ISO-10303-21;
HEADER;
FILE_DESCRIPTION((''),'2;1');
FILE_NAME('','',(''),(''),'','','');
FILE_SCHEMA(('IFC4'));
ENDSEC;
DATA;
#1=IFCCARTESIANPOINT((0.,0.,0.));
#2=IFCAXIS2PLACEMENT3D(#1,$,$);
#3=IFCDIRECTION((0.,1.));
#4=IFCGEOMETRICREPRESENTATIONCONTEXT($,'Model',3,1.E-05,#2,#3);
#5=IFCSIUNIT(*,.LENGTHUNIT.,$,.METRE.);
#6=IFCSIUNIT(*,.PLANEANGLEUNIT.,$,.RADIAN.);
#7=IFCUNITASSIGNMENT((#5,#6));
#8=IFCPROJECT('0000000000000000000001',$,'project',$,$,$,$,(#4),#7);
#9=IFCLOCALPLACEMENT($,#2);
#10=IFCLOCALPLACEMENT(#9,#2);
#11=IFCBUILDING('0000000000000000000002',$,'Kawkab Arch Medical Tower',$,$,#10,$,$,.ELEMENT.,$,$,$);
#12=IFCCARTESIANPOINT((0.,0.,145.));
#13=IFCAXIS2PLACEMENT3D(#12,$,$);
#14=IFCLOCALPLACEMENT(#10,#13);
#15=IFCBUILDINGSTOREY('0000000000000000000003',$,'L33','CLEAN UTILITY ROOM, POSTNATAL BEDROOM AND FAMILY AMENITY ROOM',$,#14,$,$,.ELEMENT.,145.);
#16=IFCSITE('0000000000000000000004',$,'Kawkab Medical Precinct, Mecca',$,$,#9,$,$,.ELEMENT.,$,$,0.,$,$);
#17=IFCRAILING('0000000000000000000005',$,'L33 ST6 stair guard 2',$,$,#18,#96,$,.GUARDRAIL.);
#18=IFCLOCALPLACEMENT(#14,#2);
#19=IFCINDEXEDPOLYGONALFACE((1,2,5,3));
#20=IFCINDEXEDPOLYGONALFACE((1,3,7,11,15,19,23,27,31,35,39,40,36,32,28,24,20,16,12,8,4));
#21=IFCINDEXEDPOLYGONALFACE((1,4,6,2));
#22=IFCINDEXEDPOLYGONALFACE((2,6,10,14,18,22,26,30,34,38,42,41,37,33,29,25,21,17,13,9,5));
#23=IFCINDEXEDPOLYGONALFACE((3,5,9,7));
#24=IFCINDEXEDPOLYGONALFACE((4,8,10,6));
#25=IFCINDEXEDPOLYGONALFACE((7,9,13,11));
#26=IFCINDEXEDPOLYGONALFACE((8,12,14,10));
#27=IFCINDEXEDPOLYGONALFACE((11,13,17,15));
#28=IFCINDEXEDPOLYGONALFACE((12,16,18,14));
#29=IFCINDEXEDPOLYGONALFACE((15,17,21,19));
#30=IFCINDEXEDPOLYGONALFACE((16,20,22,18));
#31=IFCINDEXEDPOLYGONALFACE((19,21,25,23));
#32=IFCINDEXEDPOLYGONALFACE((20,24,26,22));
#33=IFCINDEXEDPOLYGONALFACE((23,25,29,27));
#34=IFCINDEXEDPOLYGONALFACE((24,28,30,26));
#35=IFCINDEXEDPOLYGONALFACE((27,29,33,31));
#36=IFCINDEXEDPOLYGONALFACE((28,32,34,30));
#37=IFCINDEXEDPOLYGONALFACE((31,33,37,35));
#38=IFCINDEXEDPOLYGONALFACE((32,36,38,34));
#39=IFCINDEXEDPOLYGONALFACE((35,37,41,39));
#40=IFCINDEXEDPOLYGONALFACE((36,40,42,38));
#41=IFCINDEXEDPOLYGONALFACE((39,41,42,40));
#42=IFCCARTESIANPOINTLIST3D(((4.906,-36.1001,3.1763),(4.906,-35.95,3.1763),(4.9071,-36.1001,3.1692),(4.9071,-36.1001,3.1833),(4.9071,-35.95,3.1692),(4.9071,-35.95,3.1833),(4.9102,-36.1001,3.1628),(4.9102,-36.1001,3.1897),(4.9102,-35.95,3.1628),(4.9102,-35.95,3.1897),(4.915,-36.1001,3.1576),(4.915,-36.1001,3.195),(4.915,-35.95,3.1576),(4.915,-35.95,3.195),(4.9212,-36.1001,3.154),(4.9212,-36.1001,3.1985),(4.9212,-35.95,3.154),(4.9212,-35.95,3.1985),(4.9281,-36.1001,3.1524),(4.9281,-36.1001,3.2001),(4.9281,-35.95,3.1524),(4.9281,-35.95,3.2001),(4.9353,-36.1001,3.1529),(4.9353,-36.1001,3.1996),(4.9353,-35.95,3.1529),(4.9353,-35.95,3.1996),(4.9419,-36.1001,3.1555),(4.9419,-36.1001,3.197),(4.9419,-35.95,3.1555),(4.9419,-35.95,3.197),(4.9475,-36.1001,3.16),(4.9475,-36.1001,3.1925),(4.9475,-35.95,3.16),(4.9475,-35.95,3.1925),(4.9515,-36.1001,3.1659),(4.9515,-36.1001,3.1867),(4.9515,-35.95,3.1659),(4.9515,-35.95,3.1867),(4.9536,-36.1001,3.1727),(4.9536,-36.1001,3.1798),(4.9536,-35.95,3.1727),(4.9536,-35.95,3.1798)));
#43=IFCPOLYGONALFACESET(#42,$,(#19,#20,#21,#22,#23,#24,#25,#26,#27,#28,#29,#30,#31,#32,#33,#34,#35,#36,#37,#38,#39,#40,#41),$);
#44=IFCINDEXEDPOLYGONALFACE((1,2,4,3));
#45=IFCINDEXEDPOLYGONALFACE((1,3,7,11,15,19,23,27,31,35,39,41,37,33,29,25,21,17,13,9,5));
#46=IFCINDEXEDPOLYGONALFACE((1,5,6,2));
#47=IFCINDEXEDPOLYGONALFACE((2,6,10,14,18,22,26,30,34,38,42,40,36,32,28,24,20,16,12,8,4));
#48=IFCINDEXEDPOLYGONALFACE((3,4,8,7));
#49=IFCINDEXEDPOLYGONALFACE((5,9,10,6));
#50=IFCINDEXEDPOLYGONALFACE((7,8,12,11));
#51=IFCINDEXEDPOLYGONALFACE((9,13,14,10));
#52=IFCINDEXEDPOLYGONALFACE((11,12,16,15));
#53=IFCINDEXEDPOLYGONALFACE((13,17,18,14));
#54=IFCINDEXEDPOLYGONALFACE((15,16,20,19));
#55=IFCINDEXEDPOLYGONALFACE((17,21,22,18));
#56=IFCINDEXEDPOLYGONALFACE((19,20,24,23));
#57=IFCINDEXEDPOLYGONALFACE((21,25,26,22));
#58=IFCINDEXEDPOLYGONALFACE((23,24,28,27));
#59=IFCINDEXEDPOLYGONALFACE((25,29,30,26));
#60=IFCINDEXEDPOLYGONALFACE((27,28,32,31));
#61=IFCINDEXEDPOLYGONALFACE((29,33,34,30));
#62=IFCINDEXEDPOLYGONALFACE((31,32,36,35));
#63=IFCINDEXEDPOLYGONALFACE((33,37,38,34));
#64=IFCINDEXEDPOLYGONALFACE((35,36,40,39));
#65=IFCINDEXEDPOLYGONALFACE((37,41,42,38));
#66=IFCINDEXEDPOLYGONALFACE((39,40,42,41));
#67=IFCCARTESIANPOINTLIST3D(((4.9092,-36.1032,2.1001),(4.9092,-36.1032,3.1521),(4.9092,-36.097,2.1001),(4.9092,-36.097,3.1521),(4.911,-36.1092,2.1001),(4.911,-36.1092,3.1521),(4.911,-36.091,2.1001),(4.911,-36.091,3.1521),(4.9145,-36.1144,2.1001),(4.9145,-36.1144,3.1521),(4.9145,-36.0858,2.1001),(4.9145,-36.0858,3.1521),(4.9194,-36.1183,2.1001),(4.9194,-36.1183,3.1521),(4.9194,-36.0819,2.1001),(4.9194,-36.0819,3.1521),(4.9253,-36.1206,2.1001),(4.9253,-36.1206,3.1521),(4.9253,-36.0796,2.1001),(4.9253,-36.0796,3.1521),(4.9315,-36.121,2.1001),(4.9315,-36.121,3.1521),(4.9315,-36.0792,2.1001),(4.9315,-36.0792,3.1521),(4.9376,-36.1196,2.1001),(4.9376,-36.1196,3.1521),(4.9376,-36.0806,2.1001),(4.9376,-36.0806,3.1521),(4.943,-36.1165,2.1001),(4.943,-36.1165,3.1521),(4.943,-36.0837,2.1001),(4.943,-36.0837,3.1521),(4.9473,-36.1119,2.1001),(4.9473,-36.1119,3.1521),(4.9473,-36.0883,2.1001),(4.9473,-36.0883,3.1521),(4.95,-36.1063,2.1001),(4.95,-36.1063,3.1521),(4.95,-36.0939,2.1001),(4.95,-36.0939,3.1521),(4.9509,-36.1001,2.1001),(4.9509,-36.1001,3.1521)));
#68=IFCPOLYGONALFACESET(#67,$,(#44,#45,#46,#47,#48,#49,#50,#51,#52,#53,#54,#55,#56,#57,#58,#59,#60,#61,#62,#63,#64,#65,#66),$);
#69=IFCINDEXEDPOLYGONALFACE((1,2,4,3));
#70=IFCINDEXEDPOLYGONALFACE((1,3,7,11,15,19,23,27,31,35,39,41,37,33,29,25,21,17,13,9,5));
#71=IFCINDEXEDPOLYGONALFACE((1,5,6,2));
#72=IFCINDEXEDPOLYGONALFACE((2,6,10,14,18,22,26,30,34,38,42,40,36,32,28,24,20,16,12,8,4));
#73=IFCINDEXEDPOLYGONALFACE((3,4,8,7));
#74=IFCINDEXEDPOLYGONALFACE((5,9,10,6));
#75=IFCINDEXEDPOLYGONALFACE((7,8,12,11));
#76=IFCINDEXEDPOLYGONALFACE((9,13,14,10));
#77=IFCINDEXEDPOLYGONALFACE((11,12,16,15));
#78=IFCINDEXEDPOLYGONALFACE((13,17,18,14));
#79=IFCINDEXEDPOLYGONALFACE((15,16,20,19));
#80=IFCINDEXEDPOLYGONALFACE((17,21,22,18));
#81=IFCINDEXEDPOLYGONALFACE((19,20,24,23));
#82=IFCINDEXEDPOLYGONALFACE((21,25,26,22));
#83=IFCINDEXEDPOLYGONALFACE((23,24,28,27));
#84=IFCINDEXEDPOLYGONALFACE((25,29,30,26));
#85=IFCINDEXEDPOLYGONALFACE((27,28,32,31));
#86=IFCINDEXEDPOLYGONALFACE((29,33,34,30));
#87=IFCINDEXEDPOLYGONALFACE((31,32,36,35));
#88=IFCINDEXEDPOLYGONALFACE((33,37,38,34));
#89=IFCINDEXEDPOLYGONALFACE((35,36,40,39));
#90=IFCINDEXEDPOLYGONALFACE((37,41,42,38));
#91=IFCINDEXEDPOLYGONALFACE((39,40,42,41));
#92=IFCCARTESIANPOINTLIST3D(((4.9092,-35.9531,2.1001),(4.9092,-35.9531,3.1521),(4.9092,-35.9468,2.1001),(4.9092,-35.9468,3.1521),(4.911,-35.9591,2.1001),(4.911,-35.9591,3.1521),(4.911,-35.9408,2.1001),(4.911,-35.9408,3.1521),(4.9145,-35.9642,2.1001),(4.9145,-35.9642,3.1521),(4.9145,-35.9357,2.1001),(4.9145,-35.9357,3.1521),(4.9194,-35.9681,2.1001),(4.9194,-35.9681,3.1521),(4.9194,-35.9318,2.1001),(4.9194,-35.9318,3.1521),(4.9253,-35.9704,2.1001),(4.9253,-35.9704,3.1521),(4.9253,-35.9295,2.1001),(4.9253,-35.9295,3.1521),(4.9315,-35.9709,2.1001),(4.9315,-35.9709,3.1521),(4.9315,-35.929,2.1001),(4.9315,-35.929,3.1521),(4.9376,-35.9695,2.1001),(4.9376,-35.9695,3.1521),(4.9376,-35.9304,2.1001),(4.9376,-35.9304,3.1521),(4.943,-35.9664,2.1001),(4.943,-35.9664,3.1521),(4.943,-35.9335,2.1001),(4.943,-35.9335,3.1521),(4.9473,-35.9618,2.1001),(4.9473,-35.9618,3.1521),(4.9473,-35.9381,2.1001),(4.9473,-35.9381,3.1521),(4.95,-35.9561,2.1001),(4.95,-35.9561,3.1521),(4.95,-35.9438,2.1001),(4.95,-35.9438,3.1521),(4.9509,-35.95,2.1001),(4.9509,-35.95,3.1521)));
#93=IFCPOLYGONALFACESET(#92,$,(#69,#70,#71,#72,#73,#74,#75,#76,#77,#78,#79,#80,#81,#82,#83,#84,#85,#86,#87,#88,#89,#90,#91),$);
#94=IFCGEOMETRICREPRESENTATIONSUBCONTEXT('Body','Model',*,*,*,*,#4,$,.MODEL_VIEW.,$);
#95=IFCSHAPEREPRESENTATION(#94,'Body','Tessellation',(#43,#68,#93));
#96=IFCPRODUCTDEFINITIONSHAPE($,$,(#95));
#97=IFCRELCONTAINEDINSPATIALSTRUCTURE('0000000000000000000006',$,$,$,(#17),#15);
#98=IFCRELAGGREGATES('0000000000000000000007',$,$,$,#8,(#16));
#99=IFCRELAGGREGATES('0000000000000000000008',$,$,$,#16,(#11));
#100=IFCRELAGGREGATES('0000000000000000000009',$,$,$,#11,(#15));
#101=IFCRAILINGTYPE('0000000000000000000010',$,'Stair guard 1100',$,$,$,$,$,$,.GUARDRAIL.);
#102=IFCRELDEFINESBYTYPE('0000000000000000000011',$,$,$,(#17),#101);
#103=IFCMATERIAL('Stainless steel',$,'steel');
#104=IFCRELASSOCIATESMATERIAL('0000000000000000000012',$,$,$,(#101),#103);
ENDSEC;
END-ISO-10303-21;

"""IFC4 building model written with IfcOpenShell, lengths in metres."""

from ifc_helpers import new_model, si_unit, direction, frame, origin, origin_2d, place, context, subcontext, project, spatial, circle, extrude, material, type_object, element, save


model = new_model("IFC4")

# Units and contexts
model_context = context("Model", 3, precision=1e-05, world=origin(), true_north=direction((0.0, 1.0)))
body_context = subcontext(model_context, "Body", "Model", "MODEL_VIEW")
ifc_project = project(units=[si_unit("LENGTHUNIT", "METRE"), si_unit("PLANEANGLEUNIT", "RADIAN")], contexts=[model_context])

# Site, building, storey
site_placement = place(None, origin())
site = spatial("IfcSite", under=ifc_project, at=site_placement, Name="Kawkab Medical Precinct, Mecca", CompositionType="ELEMENT", RefElevation=0.0)
building_placement = place(site_placement, origin())
building = spatial("IfcBuilding", under=site, at=building_placement, Name="Kawkab Arch Medical Tower", CompositionType="ELEMENT")
storey_placement = place(building_placement, frame((0.0, 0.0, 145.0)))
storey = spatial("IfcBuildingStorey", under=building, at=storey_placement, Name="L33", Description="CLEAN UTILITY ROOM, POSTNATAL BEDROOM AND FAMILY AMENITY ROOM", CompositionType="ELEMENT", Elevation=145.0)

# Railing
ifc_material_1 = material(Name="Stainless steel", Category="steel")
railing_type = type_object("IfcRailingType", Name="Stair guard 1100", PredefinedType="GUARDRAIL", material=ifc_material_1)
railing_1_placement = place(storey_placement, frame((4.9299, -36.1001, 2.1001)))
element("IfcRailing", 1, at=railing_1_placement, inside=storey, type_object=railing_type, Name="L33 ST6 stair guard 2", PredefinedType="GUARDRAIL", context=body_context, shape_type="SweptSolid", body=[
    extrude(circle(Radius=0.0239, at=origin_2d()), frame((0.0, 0.0, 1.0762), z_axis=(0.0, 1.0, 0.0), x_axis=(-1.0, 0.0, 0.0)), (0.0, 0.0, 1.0), 0.1501),
    extrude(circle(Radius=0.021, at=origin_2d()), origin(), (0.0, 0.0, 1.0), 1.052),
    extrude(circle(Radius=0.021, at=origin_2d()), frame((0.0, 0.1501, 0.0)), (0.0, 0.0, 1.0), 1.052),
])

save(model, "model.ifc")
